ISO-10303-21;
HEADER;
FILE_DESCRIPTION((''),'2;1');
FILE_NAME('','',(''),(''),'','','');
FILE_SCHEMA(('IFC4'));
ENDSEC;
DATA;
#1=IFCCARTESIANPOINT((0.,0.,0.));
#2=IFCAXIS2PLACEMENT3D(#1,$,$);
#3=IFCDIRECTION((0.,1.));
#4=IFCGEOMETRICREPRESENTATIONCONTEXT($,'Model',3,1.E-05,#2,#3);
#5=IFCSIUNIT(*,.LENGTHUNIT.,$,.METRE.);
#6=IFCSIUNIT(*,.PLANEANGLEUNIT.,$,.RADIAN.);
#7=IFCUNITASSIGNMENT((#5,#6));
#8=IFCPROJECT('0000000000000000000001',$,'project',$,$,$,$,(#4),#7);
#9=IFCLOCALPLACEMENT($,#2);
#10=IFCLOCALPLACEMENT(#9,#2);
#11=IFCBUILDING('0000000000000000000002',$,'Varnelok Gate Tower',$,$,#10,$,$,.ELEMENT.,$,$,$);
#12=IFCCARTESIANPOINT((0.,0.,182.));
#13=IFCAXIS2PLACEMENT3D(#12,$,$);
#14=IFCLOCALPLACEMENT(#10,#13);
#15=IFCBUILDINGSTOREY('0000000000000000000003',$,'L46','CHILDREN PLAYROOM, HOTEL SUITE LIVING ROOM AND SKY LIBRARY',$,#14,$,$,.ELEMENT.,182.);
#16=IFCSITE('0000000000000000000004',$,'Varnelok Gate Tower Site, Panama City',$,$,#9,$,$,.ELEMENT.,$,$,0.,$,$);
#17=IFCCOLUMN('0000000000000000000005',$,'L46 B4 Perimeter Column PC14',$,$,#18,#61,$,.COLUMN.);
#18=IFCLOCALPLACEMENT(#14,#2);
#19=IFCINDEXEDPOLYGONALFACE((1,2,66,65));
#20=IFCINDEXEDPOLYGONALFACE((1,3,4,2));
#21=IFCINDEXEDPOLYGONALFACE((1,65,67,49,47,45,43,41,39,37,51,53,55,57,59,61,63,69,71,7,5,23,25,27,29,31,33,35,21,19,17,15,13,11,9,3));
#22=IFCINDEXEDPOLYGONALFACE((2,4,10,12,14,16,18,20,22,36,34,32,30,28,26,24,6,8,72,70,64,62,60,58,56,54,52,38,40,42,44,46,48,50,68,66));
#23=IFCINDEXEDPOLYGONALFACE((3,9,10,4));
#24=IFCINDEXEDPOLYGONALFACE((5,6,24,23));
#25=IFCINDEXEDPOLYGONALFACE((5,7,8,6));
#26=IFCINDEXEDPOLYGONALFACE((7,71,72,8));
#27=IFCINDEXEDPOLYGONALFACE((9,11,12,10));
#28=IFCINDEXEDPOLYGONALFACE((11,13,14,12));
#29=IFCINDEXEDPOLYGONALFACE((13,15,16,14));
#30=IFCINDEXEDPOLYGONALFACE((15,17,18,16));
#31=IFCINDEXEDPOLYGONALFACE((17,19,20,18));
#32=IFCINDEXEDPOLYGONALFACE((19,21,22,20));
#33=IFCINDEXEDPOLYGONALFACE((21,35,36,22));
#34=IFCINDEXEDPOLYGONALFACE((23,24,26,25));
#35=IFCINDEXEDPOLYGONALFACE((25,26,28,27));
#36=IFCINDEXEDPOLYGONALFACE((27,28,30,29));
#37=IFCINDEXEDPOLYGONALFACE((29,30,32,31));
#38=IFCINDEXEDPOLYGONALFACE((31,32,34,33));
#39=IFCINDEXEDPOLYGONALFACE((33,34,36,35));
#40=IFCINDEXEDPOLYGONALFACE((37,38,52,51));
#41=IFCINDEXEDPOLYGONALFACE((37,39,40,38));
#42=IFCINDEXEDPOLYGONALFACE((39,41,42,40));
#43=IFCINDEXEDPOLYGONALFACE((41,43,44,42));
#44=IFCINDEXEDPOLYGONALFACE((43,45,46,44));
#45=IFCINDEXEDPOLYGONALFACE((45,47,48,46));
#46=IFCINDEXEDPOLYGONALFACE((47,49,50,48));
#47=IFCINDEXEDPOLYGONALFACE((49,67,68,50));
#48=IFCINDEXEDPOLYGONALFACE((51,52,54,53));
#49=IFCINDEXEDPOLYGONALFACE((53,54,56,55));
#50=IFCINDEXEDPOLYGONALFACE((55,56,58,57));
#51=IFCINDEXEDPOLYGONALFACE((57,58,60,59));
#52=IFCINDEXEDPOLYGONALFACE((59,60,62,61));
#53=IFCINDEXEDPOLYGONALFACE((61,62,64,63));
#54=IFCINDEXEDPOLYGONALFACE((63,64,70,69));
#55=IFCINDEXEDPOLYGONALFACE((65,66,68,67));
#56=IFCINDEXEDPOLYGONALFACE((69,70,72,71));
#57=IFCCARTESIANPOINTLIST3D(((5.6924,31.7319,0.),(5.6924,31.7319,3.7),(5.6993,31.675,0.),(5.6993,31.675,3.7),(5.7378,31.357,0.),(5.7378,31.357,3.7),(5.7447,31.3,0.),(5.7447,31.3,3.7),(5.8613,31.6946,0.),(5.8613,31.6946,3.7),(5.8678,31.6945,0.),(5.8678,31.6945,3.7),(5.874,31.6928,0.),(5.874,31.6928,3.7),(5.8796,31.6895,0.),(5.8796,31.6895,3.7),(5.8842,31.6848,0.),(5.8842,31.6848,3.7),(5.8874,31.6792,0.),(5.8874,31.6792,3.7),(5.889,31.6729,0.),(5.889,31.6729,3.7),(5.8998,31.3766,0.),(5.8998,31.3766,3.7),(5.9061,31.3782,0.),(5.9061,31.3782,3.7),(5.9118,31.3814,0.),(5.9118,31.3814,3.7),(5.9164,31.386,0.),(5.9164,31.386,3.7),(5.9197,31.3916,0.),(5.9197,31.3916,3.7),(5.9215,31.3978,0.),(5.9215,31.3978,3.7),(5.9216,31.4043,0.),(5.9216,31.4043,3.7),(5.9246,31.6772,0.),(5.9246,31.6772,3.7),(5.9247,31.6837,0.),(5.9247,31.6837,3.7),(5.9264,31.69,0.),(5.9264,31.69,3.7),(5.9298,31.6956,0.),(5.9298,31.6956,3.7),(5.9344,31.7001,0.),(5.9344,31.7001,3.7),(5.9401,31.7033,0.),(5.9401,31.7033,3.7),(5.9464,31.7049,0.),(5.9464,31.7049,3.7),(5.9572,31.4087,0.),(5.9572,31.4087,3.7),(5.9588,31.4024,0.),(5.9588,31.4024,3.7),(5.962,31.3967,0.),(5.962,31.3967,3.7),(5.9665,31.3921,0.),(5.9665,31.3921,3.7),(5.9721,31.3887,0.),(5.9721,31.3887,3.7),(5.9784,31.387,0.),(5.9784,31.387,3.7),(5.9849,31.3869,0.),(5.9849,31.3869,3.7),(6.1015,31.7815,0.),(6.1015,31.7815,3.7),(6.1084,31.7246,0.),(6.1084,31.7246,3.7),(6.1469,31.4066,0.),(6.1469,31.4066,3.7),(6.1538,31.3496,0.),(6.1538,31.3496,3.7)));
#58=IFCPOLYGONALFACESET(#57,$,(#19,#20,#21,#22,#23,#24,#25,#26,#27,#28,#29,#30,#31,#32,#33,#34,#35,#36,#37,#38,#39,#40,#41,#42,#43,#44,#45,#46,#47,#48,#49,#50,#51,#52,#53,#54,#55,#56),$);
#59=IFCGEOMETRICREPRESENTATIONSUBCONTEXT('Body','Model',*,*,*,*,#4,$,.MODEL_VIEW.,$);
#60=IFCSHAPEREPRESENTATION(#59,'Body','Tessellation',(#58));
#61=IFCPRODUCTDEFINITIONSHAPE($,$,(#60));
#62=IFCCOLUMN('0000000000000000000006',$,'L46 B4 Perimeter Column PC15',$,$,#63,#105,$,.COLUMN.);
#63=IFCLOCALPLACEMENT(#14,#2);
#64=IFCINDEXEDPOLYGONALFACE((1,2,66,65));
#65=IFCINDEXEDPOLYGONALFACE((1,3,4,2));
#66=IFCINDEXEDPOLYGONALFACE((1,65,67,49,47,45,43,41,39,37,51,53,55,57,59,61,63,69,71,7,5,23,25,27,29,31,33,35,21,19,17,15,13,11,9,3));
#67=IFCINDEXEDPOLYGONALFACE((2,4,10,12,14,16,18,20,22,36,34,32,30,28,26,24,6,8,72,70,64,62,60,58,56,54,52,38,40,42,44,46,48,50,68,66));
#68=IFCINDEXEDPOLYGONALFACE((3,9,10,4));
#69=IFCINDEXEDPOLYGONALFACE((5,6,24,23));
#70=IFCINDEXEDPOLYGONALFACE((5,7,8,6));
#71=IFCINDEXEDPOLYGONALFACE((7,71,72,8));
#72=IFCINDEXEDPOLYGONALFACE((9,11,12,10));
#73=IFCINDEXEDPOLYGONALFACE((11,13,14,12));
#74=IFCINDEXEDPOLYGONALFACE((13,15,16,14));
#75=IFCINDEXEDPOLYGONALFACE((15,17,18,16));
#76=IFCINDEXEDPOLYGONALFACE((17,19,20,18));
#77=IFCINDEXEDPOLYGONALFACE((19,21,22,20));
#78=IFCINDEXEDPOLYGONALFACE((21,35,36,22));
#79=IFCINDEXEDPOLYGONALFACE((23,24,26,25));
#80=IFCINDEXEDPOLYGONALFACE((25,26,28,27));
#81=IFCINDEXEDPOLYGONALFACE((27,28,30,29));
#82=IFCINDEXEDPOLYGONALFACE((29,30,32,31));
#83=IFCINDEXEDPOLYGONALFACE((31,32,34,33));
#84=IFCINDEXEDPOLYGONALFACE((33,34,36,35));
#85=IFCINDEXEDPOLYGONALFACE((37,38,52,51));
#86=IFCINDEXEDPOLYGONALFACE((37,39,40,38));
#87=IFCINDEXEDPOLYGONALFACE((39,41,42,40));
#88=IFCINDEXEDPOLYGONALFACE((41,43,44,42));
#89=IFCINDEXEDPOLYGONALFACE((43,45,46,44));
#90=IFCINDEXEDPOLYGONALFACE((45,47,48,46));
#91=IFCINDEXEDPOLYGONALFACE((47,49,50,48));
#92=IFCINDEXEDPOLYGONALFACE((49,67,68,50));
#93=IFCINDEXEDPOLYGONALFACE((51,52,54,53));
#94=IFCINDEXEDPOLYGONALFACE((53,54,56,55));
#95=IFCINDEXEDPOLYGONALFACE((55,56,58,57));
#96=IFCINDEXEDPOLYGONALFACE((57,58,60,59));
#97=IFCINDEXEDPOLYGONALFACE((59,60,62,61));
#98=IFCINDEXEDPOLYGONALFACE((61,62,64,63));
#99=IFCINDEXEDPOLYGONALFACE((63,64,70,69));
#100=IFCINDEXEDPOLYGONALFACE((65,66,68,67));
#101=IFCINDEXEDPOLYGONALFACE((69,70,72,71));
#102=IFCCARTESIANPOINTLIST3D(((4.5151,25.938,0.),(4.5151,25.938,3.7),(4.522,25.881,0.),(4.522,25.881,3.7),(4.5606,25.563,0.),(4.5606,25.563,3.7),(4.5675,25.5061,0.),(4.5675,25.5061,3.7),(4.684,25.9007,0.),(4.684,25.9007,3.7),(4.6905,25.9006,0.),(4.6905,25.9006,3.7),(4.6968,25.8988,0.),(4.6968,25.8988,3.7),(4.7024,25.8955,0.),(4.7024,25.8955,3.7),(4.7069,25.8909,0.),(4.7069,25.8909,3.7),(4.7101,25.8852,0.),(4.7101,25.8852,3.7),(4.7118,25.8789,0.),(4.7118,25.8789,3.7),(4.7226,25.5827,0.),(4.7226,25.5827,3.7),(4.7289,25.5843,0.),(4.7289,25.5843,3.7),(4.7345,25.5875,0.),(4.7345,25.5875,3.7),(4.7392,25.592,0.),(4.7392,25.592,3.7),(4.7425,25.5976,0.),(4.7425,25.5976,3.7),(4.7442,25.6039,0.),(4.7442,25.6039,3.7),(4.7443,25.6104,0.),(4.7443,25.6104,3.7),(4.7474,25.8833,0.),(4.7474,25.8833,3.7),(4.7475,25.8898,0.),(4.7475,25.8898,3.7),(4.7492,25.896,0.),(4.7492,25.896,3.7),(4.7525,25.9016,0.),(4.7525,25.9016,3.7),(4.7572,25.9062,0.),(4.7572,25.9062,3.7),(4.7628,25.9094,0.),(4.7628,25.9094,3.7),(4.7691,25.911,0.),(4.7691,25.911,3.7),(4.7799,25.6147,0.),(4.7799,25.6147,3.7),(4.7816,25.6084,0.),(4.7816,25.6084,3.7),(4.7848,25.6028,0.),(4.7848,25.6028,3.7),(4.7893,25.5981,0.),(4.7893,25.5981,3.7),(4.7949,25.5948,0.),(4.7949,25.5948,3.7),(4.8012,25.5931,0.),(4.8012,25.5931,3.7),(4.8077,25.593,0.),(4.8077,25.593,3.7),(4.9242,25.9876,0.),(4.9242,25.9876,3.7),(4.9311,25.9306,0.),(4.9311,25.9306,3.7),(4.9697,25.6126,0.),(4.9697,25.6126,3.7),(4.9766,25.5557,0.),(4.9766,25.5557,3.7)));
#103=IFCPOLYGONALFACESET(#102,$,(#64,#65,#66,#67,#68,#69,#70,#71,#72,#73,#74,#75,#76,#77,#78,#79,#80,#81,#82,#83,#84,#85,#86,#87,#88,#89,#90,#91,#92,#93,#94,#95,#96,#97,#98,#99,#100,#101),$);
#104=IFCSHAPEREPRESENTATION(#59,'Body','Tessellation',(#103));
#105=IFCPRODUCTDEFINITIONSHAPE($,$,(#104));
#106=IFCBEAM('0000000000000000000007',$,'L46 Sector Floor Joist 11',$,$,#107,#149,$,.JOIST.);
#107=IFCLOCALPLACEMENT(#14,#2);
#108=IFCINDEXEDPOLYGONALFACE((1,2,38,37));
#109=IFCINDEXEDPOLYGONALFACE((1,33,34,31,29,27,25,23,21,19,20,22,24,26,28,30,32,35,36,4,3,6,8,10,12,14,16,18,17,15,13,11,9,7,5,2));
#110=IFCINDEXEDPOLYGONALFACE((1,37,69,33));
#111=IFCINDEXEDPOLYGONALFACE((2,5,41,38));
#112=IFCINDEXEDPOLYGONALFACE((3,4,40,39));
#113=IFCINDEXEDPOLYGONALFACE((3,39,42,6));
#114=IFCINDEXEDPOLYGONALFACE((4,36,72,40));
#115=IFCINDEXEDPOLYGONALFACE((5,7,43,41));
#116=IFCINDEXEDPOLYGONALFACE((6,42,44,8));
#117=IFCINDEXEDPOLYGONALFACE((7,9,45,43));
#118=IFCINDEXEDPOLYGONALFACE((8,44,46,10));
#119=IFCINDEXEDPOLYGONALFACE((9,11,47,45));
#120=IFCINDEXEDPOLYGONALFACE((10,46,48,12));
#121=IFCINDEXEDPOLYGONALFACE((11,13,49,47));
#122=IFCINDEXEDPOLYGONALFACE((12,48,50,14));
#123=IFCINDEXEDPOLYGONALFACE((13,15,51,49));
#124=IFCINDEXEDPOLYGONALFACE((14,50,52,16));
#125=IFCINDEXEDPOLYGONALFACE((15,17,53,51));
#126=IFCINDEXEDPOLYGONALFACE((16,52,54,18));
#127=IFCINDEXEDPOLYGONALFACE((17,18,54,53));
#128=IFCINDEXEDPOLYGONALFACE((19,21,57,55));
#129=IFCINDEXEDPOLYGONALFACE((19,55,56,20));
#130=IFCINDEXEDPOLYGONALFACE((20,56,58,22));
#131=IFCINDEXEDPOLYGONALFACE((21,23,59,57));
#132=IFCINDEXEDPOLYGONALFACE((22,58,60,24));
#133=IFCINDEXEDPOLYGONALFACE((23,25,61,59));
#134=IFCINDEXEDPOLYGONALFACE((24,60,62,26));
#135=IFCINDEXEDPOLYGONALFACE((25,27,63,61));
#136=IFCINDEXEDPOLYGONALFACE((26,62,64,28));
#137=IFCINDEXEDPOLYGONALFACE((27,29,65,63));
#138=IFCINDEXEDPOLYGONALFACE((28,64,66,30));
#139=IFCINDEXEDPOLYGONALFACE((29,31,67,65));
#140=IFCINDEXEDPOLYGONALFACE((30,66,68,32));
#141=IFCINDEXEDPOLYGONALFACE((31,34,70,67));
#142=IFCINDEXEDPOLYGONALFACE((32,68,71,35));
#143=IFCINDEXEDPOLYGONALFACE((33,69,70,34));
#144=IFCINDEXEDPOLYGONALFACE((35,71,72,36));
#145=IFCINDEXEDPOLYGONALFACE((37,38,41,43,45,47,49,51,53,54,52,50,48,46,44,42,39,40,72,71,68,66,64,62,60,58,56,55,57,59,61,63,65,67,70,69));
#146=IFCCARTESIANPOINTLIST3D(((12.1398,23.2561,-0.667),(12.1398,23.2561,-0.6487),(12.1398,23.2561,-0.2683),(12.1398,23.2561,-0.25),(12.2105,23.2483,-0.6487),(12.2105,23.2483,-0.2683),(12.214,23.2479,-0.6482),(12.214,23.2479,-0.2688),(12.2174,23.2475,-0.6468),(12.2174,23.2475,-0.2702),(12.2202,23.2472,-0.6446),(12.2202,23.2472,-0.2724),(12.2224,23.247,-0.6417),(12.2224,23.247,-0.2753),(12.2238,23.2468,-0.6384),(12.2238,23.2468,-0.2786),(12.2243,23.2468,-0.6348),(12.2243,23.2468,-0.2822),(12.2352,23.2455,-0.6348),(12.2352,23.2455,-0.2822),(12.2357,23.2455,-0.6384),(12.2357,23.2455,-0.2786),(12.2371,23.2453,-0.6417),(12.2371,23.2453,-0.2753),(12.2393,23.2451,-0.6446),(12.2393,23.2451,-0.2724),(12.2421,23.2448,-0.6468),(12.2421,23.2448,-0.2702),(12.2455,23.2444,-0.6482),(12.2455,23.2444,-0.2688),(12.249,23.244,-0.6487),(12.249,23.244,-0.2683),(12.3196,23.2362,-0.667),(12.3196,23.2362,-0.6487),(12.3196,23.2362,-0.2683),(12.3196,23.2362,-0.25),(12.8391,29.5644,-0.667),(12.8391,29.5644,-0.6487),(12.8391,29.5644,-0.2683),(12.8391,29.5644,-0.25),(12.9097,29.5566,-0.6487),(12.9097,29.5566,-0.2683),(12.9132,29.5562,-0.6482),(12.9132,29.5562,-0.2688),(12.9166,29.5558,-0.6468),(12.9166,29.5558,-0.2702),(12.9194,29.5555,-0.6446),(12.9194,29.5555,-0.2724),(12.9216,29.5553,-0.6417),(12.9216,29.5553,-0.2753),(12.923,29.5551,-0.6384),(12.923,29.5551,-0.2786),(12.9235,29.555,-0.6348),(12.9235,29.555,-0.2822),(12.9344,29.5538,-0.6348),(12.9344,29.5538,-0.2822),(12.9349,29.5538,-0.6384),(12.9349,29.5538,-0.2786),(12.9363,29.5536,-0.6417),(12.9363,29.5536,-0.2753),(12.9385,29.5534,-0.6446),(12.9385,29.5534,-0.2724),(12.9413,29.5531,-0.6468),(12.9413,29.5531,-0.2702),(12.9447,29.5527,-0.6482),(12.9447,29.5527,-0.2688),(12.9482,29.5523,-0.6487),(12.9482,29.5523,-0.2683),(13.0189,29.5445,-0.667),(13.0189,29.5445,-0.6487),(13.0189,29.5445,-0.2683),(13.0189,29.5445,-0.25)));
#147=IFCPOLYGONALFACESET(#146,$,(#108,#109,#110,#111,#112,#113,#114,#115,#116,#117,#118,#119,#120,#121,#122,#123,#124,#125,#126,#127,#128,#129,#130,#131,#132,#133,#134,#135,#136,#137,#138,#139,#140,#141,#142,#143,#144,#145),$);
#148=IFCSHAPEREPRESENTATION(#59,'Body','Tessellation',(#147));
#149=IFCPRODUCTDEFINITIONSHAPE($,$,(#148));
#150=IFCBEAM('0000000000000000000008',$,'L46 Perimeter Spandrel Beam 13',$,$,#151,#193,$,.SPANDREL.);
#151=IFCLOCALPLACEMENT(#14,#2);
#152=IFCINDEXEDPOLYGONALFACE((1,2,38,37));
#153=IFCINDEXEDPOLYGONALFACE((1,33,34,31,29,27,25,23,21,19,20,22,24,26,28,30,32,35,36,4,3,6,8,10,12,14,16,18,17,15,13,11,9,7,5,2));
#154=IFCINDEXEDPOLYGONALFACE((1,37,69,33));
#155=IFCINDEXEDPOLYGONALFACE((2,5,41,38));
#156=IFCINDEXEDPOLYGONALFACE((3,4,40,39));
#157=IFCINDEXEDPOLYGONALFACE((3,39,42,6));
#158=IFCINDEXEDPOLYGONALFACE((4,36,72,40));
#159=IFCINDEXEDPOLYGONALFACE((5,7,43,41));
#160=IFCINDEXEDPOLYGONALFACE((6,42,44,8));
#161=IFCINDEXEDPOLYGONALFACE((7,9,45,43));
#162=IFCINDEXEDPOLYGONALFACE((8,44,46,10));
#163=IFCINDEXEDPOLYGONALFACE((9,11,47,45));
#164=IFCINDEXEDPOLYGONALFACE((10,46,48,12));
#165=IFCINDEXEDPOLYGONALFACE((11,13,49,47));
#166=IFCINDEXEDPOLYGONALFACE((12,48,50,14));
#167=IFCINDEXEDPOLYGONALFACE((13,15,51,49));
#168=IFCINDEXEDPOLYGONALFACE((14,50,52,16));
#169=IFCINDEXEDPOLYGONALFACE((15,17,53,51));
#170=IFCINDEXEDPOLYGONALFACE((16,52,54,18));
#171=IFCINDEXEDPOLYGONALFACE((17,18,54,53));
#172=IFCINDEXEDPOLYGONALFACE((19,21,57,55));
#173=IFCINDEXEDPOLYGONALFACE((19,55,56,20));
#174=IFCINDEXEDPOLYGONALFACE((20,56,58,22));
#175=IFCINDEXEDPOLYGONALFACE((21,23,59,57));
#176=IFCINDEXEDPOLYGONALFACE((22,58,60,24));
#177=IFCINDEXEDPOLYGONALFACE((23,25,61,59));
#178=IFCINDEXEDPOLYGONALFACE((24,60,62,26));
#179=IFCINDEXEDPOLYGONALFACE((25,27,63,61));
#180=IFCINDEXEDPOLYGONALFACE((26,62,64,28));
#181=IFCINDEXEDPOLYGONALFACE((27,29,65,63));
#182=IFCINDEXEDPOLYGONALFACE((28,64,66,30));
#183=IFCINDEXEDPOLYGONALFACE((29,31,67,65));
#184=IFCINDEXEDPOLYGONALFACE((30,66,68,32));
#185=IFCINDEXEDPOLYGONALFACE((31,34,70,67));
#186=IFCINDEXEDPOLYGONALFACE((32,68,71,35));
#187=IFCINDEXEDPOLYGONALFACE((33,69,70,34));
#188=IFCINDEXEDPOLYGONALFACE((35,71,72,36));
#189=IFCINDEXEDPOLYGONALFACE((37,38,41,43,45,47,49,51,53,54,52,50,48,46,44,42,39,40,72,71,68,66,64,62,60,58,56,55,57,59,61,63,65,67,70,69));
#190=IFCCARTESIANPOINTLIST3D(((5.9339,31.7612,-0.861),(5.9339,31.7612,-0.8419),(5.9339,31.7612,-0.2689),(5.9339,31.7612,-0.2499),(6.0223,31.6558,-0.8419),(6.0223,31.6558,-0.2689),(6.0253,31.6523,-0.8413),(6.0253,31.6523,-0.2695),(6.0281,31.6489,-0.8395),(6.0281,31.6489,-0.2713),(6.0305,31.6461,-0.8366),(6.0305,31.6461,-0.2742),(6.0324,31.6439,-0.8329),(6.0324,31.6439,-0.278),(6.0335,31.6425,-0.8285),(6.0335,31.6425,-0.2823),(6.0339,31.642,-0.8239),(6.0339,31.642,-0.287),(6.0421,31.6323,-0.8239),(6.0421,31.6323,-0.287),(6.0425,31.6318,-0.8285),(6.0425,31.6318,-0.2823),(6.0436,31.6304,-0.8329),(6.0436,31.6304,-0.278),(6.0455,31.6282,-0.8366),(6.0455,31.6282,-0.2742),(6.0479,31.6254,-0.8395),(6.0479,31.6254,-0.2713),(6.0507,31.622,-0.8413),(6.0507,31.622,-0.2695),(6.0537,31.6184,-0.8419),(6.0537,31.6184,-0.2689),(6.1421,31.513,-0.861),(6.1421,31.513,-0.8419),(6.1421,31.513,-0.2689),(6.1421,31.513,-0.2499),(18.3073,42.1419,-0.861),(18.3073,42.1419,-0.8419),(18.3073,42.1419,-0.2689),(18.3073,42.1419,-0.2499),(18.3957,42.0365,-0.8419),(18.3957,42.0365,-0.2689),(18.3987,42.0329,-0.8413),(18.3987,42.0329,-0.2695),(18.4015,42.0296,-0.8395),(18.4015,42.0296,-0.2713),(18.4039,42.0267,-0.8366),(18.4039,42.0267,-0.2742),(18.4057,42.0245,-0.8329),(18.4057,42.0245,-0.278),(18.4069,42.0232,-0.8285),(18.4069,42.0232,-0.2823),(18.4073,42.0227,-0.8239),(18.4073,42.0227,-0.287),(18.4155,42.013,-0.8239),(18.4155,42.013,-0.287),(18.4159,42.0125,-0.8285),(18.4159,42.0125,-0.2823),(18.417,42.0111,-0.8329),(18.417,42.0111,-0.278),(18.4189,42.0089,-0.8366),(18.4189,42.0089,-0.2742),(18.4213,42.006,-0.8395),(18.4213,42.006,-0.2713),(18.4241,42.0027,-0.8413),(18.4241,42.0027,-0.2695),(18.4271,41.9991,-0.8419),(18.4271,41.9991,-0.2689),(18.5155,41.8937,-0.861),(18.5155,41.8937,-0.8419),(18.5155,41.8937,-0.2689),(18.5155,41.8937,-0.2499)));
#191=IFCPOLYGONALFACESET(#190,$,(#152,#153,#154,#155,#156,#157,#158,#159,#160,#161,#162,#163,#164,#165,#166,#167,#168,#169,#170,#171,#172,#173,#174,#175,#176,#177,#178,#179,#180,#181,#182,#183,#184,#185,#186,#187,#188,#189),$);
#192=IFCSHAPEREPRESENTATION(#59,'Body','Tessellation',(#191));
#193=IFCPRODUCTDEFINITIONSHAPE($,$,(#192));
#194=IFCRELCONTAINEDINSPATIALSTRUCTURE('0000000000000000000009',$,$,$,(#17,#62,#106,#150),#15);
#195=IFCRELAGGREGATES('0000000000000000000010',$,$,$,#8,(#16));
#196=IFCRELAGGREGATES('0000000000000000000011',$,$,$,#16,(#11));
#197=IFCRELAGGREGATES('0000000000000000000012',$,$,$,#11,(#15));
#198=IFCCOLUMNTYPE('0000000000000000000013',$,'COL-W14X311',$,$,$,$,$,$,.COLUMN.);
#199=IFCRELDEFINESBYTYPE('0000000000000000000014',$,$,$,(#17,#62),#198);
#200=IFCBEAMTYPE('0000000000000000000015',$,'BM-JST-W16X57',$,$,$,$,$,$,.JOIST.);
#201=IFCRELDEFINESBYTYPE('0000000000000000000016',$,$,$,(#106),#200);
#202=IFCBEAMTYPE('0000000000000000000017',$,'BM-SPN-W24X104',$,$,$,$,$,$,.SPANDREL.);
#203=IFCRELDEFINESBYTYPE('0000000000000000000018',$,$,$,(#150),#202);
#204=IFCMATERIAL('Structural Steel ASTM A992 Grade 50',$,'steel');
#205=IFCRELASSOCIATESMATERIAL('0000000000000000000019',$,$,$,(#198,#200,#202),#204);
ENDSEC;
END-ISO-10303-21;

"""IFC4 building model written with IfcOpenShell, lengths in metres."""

from ifc_helpers import new_model, si_unit, direction, frame, origin, origin_2d, place, context, subcontext, project, spatial, i_section, extrude, material, material_profile, profile_set, type_object, element, save


model = new_model("IFC4")

# Units and contexts
model_context = context("Model", 3, precision=1e-05, world=origin(), true_north=direction((0.0, 1.0)))
body_context = subcontext(model_context, "Body", "Model", "MODEL_VIEW")
ifc_project = project(units=[si_unit("LENGTHUNIT", "METRE"), si_unit("PLANEANGLEUNIT", "RADIAN")], contexts=[model_context])

# Site, building, storey
site_placement = place(None, origin())
site = spatial("IfcSite", under=ifc_project, at=site_placement, Name="Varnelok Gate Tower Site, Panama City", CompositionType="ELEMENT", RefElevation=0.0)
building_placement = place(site_placement, origin())
building = spatial("IfcBuilding", under=site, at=building_placement, Name="Varnelok Gate Tower", CompositionType="ELEMENT")
storey_placement = place(building_placement, frame((0.0, 0.0, 182.0)))
storey = spatial("IfcBuildingStorey", under=building, at=storey_placement, Name="L46", Description="CHILDREN PLAYROOM, HOTEL SUITE LIVING ROOM AND SKY LIBRARY", CompositionType="ELEMENT", Elevation=182.0)

# Columns
ifc_material_1 = material(Name="Structural Steel ASTM A992 Grade 50", Category="steel")
ifc_material_profile_1 = material_profile(ifc_material_1, i_section(OverallWidth=0.4121, OverallDepth=0.4351, WebThickness=0.0359, FlangeThickness=0.0574, FilletRadius=0.0249, at=origin_2d()), Name="W14X311")
ifc_profile_set_1 = profile_set([ifc_material_profile_1], Name="Structural Steel ASTM A992 Grade 50")
column_type = type_object("IfcColumnType", Name="COL-W14X311", PredefinedType="COLUMN", material=ifc_profile_set_1)
for number, where, z_axis, x_axis, name in (
    (1, (5.9231, 31.5408, 0.0), (0.0, 0.0, 1.0), (0.992732, 0.120345, 0.0), "L46 B4 Perimeter Column PC14"),
    (2, (4.7458, 25.7468, 0.0), (0.0, 0.0, 1.0), (0.992732, 0.120345, 0.0), "L46 B4 Perimeter Column PC15"),
):
    element("IfcColumn", number, at=place(storey_placement, frame(where, z_axis=z_axis, x_axis=x_axis)), inside=storey, type_object=column_type, Name=name, PredefinedType="COLUMN", context=body_context, shape_type="SweptSolid", body=[
        extrude(i_section(OverallWidth=0.4121, OverallDepth=0.4351, WebThickness=0.0359, FlangeThickness=0.0574, FilletRadius=0.0249, at=origin_2d()), origin(), (0.0, 0.0, 1.0), 3.7),
    ])

# Beams
ifc_material_profile_2 = material_profile(ifc_material_1, i_section(OverallWidth=0.1809, OverallDepth=0.417, WebThickness=0.011, FlangeThickness=0.0183, FilletRadius=0.0139, at=origin_2d()), Name="W16X57")
ifc_profile_set_2 = profile_set([ifc_material_profile_2], Name="Structural Steel ASTM A992 Grade 50")
beam_type_1 = type_object("IfcBeamType", Name="BM-JST-W16X57", PredefinedType="JOIST", material=ifc_profile_set_2)
beam_1_placement = place(storey_placement, frame((12.929, 29.5544, -0.4585), z_axis=(-0.110166, -0.993913, 0.0), x_axis=(0.993913, -0.110166, 0.0)))
element("IfcBeam", 3, at=beam_1_placement, inside=storey, type_object=beam_type_1, Name="L46 Sector Floor Joist 11", PredefinedType="JOIST", context=body_context, shape_type="SweptSolid", body=[
    extrude(i_section(OverallWidth=0.1809, OverallDepth=0.417, WebThickness=0.011, FlangeThickness=0.0183, FilletRadius=0.0139, at=origin_2d()), origin(), (0.0, 0.0, 1.0), 6.3469),
])
ifc_material_profile_3 = material_profile(ifc_material_1, i_section(OverallWidth=0.324, OverallDepth=0.6111, WebThickness=0.0127, FlangeThickness=0.019, FilletRadius=0.0181, at=origin_2d()), Name="W24X104")
ifc_profile_set_3 = profile_set([ifc_material_profile_3], Name="Structural Steel ASTM A992 Grade 50")
beam_type_2 = type_object("IfcBeamType", Name="BM-SPN-W24X104", PredefinedType="SPANDREL", material=ifc_profile_set_3)
beam_2_placement = place(storey_placement, frame((18.4114, 42.0178, -0.5554), z_axis=(-0.7661, -0.642722, 0.0), x_axis=(0.642722, -0.7661, 0.0)))
element("IfcBeam", 4, at=beam_2_placement, inside=storey, type_object=beam_type_2, Name="L46 Perimeter Spandrel Beam 13", PredefinedType="SPANDREL", context=body_context, shape_type="SweptSolid", body=[
    extrude(i_section(OverallWidth=0.324, OverallDepth=0.6111, WebThickness=0.0127, FlangeThickness=0.019, FilletRadius=0.0181, at=origin_2d()), origin(), (0.0, 0.0, 1.0), 16.1511),
])

save(model, "model.ifc")
